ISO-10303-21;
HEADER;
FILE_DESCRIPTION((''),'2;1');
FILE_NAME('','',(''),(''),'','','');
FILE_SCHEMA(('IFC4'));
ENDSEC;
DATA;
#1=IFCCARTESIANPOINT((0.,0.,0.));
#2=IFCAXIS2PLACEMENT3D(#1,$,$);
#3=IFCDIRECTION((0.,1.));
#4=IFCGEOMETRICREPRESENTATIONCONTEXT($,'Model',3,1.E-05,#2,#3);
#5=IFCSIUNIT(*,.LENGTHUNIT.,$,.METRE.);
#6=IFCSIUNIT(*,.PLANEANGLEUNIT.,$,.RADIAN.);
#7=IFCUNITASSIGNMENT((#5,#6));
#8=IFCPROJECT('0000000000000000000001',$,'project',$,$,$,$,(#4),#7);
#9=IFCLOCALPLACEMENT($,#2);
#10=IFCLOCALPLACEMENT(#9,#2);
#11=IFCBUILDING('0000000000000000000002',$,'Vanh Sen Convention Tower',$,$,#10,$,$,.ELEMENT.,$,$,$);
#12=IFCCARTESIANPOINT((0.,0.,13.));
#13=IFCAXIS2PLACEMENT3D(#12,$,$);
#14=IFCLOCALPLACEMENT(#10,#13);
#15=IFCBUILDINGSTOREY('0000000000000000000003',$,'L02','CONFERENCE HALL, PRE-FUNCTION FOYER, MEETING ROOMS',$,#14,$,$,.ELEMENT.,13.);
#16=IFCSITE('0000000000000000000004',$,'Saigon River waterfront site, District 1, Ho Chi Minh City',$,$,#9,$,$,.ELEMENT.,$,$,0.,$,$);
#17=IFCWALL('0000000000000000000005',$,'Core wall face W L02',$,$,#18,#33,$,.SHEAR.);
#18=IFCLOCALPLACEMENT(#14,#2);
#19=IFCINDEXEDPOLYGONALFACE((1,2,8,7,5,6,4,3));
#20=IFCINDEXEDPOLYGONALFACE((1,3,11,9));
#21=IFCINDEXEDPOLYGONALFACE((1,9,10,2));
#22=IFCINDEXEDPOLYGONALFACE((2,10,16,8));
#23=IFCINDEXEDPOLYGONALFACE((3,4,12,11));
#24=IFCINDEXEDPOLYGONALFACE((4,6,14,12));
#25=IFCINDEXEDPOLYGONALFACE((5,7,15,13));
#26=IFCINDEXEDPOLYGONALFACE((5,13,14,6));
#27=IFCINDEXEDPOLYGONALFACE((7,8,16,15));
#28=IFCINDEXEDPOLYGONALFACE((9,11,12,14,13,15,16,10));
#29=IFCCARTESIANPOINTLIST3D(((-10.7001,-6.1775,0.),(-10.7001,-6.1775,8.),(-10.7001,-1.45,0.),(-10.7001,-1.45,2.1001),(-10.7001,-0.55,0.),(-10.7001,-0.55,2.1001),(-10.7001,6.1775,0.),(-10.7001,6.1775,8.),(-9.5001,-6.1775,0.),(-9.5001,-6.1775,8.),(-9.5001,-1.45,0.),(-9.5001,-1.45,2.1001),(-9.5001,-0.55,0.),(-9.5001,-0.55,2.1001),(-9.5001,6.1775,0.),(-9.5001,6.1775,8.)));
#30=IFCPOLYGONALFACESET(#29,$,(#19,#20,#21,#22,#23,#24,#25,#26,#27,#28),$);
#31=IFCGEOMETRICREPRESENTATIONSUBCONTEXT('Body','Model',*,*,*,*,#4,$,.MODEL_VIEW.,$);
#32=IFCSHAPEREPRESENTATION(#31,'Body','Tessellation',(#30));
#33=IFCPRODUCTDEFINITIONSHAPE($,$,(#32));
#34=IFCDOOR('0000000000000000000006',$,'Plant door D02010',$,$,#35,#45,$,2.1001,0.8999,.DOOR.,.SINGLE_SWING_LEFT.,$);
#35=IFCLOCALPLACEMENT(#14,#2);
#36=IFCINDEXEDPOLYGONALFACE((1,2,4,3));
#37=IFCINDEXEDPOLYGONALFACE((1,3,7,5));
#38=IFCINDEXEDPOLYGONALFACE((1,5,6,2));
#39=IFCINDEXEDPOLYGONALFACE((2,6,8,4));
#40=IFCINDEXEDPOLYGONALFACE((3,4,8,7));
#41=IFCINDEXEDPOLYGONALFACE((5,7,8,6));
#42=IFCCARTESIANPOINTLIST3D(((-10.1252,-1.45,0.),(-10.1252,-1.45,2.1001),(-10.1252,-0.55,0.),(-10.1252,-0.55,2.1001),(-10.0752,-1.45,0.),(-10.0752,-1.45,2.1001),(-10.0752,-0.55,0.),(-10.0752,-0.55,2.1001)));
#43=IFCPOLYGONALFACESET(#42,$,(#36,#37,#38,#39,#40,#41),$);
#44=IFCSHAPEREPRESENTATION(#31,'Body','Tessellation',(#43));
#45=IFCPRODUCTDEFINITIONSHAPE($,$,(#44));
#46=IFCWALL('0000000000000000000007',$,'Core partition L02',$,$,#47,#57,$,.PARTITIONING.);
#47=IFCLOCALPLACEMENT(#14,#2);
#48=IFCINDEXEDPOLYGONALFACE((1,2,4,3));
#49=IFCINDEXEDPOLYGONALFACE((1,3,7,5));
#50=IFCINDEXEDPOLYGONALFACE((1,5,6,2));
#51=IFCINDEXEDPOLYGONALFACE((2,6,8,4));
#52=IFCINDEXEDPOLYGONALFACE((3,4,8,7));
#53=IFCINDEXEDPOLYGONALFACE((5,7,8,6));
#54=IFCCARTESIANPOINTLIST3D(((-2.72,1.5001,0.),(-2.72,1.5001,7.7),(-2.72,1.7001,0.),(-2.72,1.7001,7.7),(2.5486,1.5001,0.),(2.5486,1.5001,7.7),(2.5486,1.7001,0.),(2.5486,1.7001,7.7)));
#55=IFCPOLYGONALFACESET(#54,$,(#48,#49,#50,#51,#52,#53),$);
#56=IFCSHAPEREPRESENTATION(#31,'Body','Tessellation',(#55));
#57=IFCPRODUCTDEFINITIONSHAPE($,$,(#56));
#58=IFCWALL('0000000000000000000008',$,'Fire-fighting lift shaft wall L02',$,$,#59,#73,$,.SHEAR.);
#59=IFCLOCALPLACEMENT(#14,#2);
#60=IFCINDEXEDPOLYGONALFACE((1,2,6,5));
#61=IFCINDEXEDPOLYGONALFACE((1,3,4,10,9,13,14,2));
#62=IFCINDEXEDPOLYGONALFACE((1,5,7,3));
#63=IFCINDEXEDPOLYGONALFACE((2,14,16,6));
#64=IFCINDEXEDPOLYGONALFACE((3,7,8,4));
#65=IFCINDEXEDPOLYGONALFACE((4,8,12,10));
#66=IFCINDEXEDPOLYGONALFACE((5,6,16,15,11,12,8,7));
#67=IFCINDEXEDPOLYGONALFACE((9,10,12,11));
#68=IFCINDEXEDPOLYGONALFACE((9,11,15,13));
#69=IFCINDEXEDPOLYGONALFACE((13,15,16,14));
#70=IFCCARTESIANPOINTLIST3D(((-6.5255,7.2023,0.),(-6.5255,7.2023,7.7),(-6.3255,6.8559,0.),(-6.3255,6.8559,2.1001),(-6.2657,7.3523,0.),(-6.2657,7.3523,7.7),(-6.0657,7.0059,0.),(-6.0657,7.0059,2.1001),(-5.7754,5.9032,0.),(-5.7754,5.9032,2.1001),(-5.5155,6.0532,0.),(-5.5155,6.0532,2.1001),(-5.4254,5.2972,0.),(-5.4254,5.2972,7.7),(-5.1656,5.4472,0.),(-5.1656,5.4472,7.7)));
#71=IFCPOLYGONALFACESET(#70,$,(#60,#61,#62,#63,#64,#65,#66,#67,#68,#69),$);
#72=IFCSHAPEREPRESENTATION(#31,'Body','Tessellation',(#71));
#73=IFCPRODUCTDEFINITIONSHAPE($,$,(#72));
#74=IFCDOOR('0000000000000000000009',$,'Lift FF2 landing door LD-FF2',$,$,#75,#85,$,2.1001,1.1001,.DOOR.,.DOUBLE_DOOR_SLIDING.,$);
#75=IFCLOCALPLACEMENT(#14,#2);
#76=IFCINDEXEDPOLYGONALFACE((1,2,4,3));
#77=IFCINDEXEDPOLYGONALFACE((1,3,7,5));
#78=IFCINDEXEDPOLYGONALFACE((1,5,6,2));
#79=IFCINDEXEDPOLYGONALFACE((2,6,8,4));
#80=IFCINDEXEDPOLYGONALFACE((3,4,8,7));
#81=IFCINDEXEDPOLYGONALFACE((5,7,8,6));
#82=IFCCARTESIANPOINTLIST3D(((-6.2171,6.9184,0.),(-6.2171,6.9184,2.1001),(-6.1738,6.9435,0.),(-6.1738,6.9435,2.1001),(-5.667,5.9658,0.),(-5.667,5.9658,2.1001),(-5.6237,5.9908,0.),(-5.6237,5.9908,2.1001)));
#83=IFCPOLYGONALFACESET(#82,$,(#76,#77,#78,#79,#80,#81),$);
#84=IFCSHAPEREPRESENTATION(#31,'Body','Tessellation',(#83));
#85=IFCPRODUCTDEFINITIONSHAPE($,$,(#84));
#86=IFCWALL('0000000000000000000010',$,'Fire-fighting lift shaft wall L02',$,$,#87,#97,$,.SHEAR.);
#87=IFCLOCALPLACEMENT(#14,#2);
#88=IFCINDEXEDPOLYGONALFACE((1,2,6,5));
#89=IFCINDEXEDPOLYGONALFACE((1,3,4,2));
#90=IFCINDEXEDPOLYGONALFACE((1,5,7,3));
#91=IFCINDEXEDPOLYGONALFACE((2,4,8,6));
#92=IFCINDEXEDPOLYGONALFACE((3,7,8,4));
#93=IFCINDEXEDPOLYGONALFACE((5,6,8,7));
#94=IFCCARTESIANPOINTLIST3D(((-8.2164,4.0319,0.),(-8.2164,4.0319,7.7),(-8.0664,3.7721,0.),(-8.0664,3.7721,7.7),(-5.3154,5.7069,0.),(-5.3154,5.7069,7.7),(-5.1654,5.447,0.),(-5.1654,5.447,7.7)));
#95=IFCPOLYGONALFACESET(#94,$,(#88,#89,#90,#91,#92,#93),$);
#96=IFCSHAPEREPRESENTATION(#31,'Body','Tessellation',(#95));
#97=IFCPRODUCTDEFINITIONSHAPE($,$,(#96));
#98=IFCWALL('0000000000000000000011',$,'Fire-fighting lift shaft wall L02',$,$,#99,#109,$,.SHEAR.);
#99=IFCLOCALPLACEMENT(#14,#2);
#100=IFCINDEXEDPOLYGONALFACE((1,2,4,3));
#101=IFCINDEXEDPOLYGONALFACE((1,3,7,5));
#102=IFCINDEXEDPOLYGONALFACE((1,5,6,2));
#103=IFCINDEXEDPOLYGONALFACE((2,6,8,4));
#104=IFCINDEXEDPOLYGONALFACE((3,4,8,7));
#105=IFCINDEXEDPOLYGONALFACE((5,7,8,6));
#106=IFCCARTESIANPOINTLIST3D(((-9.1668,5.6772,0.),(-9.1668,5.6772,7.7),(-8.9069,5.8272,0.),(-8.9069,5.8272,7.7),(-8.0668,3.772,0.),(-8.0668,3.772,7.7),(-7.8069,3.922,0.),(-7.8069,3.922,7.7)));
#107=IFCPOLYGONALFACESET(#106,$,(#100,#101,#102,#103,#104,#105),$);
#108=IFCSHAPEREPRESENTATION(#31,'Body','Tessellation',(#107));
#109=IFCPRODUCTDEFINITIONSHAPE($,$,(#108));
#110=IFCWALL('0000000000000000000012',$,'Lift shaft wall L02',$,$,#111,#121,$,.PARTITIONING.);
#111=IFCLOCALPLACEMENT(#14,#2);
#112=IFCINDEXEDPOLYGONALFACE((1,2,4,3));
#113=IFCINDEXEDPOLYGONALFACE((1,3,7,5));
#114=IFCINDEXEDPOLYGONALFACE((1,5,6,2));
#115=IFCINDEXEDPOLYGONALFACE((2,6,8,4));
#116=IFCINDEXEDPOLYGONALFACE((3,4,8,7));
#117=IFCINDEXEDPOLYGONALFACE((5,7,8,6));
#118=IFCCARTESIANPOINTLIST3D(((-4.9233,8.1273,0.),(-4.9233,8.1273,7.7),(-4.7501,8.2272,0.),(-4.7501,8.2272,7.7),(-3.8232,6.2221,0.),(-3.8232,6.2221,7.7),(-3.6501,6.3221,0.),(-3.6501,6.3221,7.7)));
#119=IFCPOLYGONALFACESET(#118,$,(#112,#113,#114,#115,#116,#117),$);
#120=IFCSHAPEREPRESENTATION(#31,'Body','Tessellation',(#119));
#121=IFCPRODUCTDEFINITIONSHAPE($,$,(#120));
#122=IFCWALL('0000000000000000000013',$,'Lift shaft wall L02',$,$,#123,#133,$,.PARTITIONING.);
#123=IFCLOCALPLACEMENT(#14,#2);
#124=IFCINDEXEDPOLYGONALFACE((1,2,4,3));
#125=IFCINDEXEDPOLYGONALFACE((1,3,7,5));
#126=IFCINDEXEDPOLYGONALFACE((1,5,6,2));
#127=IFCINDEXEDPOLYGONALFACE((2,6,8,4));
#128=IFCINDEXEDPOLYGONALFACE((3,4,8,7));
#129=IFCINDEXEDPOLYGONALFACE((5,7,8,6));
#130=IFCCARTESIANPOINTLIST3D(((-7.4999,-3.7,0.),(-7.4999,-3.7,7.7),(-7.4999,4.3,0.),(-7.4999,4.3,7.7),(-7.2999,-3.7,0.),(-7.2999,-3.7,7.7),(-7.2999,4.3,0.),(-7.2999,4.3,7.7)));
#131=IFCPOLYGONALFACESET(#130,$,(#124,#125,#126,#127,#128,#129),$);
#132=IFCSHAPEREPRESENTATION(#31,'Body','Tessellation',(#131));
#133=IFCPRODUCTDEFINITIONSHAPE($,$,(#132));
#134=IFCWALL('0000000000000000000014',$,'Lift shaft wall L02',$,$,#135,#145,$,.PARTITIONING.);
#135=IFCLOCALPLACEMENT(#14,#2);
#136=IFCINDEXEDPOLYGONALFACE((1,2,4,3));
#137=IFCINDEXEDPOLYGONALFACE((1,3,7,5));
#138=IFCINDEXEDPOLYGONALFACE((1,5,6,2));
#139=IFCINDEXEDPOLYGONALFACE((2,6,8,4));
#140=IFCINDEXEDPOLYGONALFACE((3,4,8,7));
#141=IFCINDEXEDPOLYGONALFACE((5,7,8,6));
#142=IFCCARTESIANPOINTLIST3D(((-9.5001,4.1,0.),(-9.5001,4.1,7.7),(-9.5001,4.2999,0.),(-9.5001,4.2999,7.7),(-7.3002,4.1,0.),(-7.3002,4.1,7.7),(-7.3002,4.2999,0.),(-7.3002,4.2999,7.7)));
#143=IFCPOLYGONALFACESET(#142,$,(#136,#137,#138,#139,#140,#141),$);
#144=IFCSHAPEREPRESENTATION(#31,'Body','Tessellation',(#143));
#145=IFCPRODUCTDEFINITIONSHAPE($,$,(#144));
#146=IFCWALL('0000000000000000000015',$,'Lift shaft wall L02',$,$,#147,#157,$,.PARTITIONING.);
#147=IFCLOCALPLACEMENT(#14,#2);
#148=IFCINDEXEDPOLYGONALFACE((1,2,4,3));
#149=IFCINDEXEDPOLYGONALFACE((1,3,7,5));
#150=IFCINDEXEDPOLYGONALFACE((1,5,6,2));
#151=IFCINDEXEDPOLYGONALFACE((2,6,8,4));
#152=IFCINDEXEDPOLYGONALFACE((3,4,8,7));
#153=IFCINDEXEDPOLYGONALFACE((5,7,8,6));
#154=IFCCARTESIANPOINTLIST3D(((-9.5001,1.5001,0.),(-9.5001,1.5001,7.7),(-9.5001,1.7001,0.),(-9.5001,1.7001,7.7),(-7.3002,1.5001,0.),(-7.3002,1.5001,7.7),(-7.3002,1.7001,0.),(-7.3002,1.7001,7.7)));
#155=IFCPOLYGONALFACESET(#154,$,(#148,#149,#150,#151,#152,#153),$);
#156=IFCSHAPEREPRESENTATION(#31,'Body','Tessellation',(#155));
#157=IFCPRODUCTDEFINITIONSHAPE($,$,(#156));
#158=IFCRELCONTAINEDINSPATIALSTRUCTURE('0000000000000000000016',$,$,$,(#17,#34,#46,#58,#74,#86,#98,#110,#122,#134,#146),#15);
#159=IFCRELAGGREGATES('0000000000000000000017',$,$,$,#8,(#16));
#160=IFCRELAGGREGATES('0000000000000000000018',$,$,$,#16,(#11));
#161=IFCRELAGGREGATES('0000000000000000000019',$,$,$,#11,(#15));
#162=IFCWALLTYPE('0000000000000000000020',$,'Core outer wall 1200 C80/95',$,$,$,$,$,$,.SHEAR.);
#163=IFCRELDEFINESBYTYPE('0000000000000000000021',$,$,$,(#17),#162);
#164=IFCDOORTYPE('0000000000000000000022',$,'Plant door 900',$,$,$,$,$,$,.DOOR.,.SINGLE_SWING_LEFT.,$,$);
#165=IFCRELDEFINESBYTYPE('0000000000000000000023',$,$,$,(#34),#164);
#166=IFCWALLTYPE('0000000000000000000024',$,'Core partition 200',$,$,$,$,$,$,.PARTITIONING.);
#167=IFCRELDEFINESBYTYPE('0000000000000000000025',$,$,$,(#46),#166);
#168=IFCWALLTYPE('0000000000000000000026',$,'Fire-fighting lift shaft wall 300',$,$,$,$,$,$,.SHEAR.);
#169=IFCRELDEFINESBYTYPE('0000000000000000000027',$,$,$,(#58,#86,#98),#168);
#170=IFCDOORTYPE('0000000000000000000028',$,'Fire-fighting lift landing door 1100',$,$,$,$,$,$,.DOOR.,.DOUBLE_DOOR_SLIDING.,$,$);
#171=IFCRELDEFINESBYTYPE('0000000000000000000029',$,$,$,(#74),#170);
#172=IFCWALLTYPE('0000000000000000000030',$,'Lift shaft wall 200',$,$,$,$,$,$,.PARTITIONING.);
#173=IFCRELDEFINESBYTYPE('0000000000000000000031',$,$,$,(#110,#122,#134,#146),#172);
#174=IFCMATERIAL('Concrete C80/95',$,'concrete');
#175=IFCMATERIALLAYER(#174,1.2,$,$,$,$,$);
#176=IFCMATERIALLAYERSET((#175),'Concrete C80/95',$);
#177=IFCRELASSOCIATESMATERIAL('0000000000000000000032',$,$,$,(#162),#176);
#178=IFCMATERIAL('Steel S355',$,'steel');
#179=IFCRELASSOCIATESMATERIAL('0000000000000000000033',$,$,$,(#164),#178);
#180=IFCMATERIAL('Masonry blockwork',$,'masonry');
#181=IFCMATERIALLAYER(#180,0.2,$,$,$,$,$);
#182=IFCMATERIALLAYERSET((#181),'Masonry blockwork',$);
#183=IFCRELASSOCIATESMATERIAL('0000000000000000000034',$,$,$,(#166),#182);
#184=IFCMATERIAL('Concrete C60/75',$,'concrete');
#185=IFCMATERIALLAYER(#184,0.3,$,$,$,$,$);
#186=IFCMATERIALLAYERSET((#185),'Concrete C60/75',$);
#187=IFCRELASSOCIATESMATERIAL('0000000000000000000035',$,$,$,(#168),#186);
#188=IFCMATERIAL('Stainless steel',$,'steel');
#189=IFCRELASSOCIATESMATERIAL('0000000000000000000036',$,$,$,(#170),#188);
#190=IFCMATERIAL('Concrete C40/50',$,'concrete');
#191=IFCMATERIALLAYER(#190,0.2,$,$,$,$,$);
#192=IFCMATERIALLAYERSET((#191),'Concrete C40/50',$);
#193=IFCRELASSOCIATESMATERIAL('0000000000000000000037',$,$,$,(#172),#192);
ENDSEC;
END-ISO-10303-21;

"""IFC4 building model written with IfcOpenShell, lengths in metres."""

from ifc_helpers import new_model, si_unit, direction, frame, frame_2d, origin, place, context, subcontext, project, spatial, rectangle, extrude, material, layer, layer_set, type_object, element, fill, save


model = new_model("IFC4")

# Units and contexts
model_context = context("Model", 3, precision=1e-05, world=origin(), true_north=direction((0.0, 1.0)))
body_context = subcontext(model_context, "Body", "Model", "MODEL_VIEW")
ifc_project = project(units=[si_unit("LENGTHUNIT", "METRE"), si_unit("PLANEANGLEUNIT", "RADIAN")], contexts=[model_context])

# Site, building, storey
site_placement = place(None, origin())
site = spatial("IfcSite", under=ifc_project, at=site_placement, Name="Saigon River waterfront site, District 1, Ho Chi Minh City", CompositionType="ELEMENT", RefElevation=0.0)
building_placement = place(site_placement, origin())
building = spatial("IfcBuilding", under=site, at=building_placement, Name="Vanh Sen Convention Tower", CompositionType="ELEMENT")
storey_placement = place(building_placement, frame((0.0, 0.0, 13.0)))
storey = spatial("IfcBuildingStorey", under=building, at=storey_placement, Name="L02", Description="CONFERENCE HALL, PRE-FUNCTION FOYER, MEETING ROOMS", CompositionType="ELEMENT", Elevation=13.0)

# Wall, opening, door
ifc_material_1 = material(Name="Concrete C80/95", Category="concrete")
ifc_layer_1 = layer(ifc_material_1, 1.2)
ifc_layer_set_1 = layer_set([ifc_layer_1], Name="Concrete C80/95")
wall_type_1 = type_object("IfcWallType", Name="Core outer wall 1200 C80/95", PredefinedType="SHEAR", material=ifc_layer_set_1)
wall_1_placement = place(storey_placement, frame((-10.1001, 6.1775, 0.0), z_axis=(0.0, 0.0, 1.0), x_axis=(0.0, -1.0, 0.0)))
wall_1 = element("IfcWall", 1, at=wall_1_placement, inside=storey, type_object=wall_type_1, Name="Core wall face W L02", PredefinedType="SHEAR", context=body_context, shape_type="SweptSolid", body=[
    extrude(rectangle(XDim=12.355, YDim=1.2, at=frame_2d((6.1775, 0.0))), origin(), (0.0, 0.0, 1.0), 8.0),
])
opening_1_placement = place(wall_1_placement, frame((6.7275, 0.0, 0.0)))
opening_1 = element("IfcOpeningElement", 2, at=opening_1_placement, cuts=wall_1, PredefinedType="OPENING", context=body_context, shape_type="SweptSolid", body=[
    extrude(rectangle(XDim=0.8999, YDim=2.1001, at=frame_2d((0.45, 1.05))), frame((0.0, 0.6099, 0.0), z_axis=(0.0, -1.0, 0.0), x_axis=(1.0, 0.0, 0.0)), (0.0, 0.0, 1.0), 1.22),
])
ifc_material_2 = material(Name="Steel S355", Category="steel")
door_type_1 = type_object("IfcDoorType", Name="Plant door 900", OperationType="SINGLE_SWING_LEFT", PredefinedType="DOOR", material=ifc_material_2)
door_1_placement = place(opening_1_placement, origin())
door_1 = element("IfcDoor", 3, at=door_1_placement, inside=storey, type_object=door_type_1, Name="Plant door D02010", OperationType="SINGLE_SWING_LEFT", OverallHeight=2.1001, OverallWidth=0.8999, PredefinedType="DOOR", context=body_context, shape_type="SweptSolid", body=[
    extrude(rectangle(XDim=0.8999, YDim=2.1001, at=frame_2d((0.45, 1.05))), frame((0.0, 0.0249, 0.0), z_axis=(0.0, -1.0, 0.0), x_axis=(1.0, 0.0, 0.0)), (0.0, 0.0, 1.0), 0.05),
])
fill(opening_1, door_1)

# Wall
ifc_material_3 = material(Name="Masonry blockwork", Category="masonry")
ifc_layer_2 = layer(ifc_material_3, 0.2)
ifc_layer_set_2 = layer_set([ifc_layer_2], Name="Masonry blockwork")
wall_type_2 = type_object("IfcWallType", Name="Core partition 200", PredefinedType="PARTITIONING", material=ifc_layer_set_2)
wall_2_placement = place(storey_placement, frame((-2.72, 1.6001, 0.0), z_axis=(0.0, 0.0, 1.0), x_axis=(1.0, 0.0, 0.0)))
element("IfcWall", 4, at=wall_2_placement, inside=storey, type_object=wall_type_2, Name="Core partition L02", PredefinedType="PARTITIONING", context=body_context, shape_type="SweptSolid", body=[
    extrude(rectangle(XDim=5.2686, YDim=0.2, at=frame_2d((2.6343, 0.0))), origin(), (0.0, 0.0, 1.0), 7.7),
])

# Wall, opening, door
ifc_material_4 = material(Name="Concrete C60/75", Category="concrete")
ifc_layer_3 = layer(ifc_material_4, 0.3)
ifc_layer_set_3 = layer_set([ifc_layer_3], Name="Concrete C60/75")
wall_type_3 = type_object("IfcWallType", Name="Fire-fighting lift shaft wall 300", PredefinedType="SHEAR", material=ifc_layer_set_3)
wall_3_placement = place(storey_placement, frame((-5.2954, 5.3721, 0.0), z_axis=(0.0, 0.0, 1.0), x_axis=(-0.500078, 0.86598, 0.0)))
wall_3 = element("IfcWall", 5, at=wall_3_placement, inside=storey, type_object=wall_type_3, Name="Fire-fighting lift shaft wall L02", PredefinedType="SHEAR", context=body_context, shape_type="SweptSolid", body=[
    extrude(rectangle(XDim=2.2, YDim=0.3, at=frame_2d((1.1001, 0.0))), origin(), (0.0, 0.0, 1.0), 7.7),
])
opening_2_placement = place(wall_3_placement, frame((0.7, 0.0, 0.0)))
opening_2 = element("IfcOpeningElement", 6, at=opening_2_placement, cuts=wall_3, PredefinedType="OPENING", context=body_context, shape_type="SweptSolid", body=[
    extrude(rectangle(XDim=1.1001, YDim=2.1001, at=frame_2d((0.55, 1.05))), frame((0.0, 0.1599, 0.0), z_axis=(0.0, -1.0, 0.0), x_axis=(1.0, 0.0, 0.0)), (0.0, 0.0, 1.0), 0.3201),
])
ifc_material_5 = material(Name="Stainless steel", Category="steel")
door_type_2 = type_object("IfcDoorType", Name="Fire-fighting lift landing door 1100", OperationType="DOUBLE_DOOR_SLIDING", PredefinedType="DOOR", material=ifc_material_5)
door_2_placement = place(opening_2_placement, origin())
door_2 = element("IfcDoor", 7, at=door_2_placement, inside=storey, type_object=door_type_2, Name="Lift FF2 landing door LD-FF2", OperationType="DOUBLE_DOOR_SLIDING", OverallHeight=2.1001, OverallWidth=1.1001, PredefinedType="DOOR", context=body_context, shape_type="SweptSolid", body=[
    extrude(rectangle(XDim=1.1001, YDim=2.1001, at=frame_2d((0.55, 1.05))), frame((0.0, 0.0249, 0.0), z_axis=(0.0, -1.0, 0.0), x_axis=(1.0, 0.0, 0.0)), (0.0, 0.0, 1.0), 0.05),
])
fill(opening_2, door_2)

# Walls
wall_4_placement = place(storey_placement, frame((-5.2405, 5.5769, 0.0), z_axis=(0.0, 0.0, 1.0), x_axis=(-0.866014, -0.500019, 0.0)))
element("IfcWall", 8, at=wall_4_placement, inside=storey, type_object=wall_type_3, Name="Fire-fighting lift shaft wall L02", PredefinedType="SHEAR", context=body_context, shape_type="SweptSolid", body=[
    extrude(rectangle(XDim=3.3499, YDim=0.3, at=frame_2d((1.6748, 0.0))), origin(), (0.0, 0.0, 1.0), 7.7),
])
wall_5_placement = place(storey_placement, frame((-7.9368, 3.8469, 0.0), z_axis=(0.0, 0.0, 1.0), x_axis=(-0.50003, 0.866008, 0.0)))
element("IfcWall", 9, at=wall_5_placement, inside=storey, type_object=wall_type_3, Name="Fire-fighting lift shaft wall L02", PredefinedType="SHEAR", context=body_context, shape_type="SweptSolid", body=[
    extrude(rectangle(XDim=2.2, YDim=0.3, at=frame_2d((1.1001, 0.0))), origin(), (0.0, 0.0, 1.0), 7.7),
])
ifc_material_6 = material(Name="Concrete C40/50", Category="concrete")
ifc_layer_4 = layer(ifc_material_6, 0.2)
ifc_layer_set_4 = layer_set([ifc_layer_4], Name="Concrete C40/50")
wall_type_4 = type_object("IfcWallType", Name="Lift shaft wall 200", PredefinedType="PARTITIONING", material=ifc_layer_set_4)
wall_6_placement = place(storey_placement, frame((-3.7366, 6.272, 0.0), z_axis=(0.0, 0.0, 1.0), x_axis=(-0.50003, 0.866008, 0.0)))
element("IfcWall", 10, at=wall_6_placement, inside=storey, type_object=wall_type_4, Name="Lift shaft wall L02", PredefinedType="PARTITIONING", context=body_context, shape_type="SweptSolid", body=[
    extrude(rectangle(XDim=2.2, YDim=0.2, at=frame_2d((1.1001, 0.0))), origin(), (0.0, 0.0, 1.0), 7.7),
])
wall_7_placement = place(storey_placement, frame((-7.3999, 4.3, 0.0), z_axis=(0.0, 0.0, 1.0), x_axis=(0.0, -1.0, 0.0)))
element("IfcWall", 11, at=wall_7_placement, inside=storey, type_object=wall_type_4, Name="Lift shaft wall L02", PredefinedType="PARTITIONING", context=body_context, shape_type="SweptSolid", body=[
    extrude(rectangle(XDim=8.0, YDim=0.2, at=frame_2d((4.0, 0.0))), origin(), (0.0, 0.0, 1.0), 7.7),
])
for number, where, z_axis, x_axis, name in (
    (12, (-7.3, 4.2, 0.0), (0.0, 0.0, 1.0), (-1.0, 0.0, 0.0), "Lift shaft wall L02"),
    (13, (-7.3, 1.6001, 0.0), (0.0, 0.0, 1.0), (-1.0, 0.0, 0.0), "Lift shaft wall L02"),
):
    element("IfcWall", number, at=place(storey_placement, frame(where, z_axis=z_axis, x_axis=x_axis)), inside=storey, type_object=wall_type_4, Name=name, PredefinedType="PARTITIONING", context=body_context, shape_type="SweptSolid", body=[
        extrude(rectangle(XDim=2.2, YDim=0.2, at=frame_2d((1.1001, 0.0))), origin(), (0.0, 0.0, 1.0), 7.7),
    ])

save(model, "model.ifc")
